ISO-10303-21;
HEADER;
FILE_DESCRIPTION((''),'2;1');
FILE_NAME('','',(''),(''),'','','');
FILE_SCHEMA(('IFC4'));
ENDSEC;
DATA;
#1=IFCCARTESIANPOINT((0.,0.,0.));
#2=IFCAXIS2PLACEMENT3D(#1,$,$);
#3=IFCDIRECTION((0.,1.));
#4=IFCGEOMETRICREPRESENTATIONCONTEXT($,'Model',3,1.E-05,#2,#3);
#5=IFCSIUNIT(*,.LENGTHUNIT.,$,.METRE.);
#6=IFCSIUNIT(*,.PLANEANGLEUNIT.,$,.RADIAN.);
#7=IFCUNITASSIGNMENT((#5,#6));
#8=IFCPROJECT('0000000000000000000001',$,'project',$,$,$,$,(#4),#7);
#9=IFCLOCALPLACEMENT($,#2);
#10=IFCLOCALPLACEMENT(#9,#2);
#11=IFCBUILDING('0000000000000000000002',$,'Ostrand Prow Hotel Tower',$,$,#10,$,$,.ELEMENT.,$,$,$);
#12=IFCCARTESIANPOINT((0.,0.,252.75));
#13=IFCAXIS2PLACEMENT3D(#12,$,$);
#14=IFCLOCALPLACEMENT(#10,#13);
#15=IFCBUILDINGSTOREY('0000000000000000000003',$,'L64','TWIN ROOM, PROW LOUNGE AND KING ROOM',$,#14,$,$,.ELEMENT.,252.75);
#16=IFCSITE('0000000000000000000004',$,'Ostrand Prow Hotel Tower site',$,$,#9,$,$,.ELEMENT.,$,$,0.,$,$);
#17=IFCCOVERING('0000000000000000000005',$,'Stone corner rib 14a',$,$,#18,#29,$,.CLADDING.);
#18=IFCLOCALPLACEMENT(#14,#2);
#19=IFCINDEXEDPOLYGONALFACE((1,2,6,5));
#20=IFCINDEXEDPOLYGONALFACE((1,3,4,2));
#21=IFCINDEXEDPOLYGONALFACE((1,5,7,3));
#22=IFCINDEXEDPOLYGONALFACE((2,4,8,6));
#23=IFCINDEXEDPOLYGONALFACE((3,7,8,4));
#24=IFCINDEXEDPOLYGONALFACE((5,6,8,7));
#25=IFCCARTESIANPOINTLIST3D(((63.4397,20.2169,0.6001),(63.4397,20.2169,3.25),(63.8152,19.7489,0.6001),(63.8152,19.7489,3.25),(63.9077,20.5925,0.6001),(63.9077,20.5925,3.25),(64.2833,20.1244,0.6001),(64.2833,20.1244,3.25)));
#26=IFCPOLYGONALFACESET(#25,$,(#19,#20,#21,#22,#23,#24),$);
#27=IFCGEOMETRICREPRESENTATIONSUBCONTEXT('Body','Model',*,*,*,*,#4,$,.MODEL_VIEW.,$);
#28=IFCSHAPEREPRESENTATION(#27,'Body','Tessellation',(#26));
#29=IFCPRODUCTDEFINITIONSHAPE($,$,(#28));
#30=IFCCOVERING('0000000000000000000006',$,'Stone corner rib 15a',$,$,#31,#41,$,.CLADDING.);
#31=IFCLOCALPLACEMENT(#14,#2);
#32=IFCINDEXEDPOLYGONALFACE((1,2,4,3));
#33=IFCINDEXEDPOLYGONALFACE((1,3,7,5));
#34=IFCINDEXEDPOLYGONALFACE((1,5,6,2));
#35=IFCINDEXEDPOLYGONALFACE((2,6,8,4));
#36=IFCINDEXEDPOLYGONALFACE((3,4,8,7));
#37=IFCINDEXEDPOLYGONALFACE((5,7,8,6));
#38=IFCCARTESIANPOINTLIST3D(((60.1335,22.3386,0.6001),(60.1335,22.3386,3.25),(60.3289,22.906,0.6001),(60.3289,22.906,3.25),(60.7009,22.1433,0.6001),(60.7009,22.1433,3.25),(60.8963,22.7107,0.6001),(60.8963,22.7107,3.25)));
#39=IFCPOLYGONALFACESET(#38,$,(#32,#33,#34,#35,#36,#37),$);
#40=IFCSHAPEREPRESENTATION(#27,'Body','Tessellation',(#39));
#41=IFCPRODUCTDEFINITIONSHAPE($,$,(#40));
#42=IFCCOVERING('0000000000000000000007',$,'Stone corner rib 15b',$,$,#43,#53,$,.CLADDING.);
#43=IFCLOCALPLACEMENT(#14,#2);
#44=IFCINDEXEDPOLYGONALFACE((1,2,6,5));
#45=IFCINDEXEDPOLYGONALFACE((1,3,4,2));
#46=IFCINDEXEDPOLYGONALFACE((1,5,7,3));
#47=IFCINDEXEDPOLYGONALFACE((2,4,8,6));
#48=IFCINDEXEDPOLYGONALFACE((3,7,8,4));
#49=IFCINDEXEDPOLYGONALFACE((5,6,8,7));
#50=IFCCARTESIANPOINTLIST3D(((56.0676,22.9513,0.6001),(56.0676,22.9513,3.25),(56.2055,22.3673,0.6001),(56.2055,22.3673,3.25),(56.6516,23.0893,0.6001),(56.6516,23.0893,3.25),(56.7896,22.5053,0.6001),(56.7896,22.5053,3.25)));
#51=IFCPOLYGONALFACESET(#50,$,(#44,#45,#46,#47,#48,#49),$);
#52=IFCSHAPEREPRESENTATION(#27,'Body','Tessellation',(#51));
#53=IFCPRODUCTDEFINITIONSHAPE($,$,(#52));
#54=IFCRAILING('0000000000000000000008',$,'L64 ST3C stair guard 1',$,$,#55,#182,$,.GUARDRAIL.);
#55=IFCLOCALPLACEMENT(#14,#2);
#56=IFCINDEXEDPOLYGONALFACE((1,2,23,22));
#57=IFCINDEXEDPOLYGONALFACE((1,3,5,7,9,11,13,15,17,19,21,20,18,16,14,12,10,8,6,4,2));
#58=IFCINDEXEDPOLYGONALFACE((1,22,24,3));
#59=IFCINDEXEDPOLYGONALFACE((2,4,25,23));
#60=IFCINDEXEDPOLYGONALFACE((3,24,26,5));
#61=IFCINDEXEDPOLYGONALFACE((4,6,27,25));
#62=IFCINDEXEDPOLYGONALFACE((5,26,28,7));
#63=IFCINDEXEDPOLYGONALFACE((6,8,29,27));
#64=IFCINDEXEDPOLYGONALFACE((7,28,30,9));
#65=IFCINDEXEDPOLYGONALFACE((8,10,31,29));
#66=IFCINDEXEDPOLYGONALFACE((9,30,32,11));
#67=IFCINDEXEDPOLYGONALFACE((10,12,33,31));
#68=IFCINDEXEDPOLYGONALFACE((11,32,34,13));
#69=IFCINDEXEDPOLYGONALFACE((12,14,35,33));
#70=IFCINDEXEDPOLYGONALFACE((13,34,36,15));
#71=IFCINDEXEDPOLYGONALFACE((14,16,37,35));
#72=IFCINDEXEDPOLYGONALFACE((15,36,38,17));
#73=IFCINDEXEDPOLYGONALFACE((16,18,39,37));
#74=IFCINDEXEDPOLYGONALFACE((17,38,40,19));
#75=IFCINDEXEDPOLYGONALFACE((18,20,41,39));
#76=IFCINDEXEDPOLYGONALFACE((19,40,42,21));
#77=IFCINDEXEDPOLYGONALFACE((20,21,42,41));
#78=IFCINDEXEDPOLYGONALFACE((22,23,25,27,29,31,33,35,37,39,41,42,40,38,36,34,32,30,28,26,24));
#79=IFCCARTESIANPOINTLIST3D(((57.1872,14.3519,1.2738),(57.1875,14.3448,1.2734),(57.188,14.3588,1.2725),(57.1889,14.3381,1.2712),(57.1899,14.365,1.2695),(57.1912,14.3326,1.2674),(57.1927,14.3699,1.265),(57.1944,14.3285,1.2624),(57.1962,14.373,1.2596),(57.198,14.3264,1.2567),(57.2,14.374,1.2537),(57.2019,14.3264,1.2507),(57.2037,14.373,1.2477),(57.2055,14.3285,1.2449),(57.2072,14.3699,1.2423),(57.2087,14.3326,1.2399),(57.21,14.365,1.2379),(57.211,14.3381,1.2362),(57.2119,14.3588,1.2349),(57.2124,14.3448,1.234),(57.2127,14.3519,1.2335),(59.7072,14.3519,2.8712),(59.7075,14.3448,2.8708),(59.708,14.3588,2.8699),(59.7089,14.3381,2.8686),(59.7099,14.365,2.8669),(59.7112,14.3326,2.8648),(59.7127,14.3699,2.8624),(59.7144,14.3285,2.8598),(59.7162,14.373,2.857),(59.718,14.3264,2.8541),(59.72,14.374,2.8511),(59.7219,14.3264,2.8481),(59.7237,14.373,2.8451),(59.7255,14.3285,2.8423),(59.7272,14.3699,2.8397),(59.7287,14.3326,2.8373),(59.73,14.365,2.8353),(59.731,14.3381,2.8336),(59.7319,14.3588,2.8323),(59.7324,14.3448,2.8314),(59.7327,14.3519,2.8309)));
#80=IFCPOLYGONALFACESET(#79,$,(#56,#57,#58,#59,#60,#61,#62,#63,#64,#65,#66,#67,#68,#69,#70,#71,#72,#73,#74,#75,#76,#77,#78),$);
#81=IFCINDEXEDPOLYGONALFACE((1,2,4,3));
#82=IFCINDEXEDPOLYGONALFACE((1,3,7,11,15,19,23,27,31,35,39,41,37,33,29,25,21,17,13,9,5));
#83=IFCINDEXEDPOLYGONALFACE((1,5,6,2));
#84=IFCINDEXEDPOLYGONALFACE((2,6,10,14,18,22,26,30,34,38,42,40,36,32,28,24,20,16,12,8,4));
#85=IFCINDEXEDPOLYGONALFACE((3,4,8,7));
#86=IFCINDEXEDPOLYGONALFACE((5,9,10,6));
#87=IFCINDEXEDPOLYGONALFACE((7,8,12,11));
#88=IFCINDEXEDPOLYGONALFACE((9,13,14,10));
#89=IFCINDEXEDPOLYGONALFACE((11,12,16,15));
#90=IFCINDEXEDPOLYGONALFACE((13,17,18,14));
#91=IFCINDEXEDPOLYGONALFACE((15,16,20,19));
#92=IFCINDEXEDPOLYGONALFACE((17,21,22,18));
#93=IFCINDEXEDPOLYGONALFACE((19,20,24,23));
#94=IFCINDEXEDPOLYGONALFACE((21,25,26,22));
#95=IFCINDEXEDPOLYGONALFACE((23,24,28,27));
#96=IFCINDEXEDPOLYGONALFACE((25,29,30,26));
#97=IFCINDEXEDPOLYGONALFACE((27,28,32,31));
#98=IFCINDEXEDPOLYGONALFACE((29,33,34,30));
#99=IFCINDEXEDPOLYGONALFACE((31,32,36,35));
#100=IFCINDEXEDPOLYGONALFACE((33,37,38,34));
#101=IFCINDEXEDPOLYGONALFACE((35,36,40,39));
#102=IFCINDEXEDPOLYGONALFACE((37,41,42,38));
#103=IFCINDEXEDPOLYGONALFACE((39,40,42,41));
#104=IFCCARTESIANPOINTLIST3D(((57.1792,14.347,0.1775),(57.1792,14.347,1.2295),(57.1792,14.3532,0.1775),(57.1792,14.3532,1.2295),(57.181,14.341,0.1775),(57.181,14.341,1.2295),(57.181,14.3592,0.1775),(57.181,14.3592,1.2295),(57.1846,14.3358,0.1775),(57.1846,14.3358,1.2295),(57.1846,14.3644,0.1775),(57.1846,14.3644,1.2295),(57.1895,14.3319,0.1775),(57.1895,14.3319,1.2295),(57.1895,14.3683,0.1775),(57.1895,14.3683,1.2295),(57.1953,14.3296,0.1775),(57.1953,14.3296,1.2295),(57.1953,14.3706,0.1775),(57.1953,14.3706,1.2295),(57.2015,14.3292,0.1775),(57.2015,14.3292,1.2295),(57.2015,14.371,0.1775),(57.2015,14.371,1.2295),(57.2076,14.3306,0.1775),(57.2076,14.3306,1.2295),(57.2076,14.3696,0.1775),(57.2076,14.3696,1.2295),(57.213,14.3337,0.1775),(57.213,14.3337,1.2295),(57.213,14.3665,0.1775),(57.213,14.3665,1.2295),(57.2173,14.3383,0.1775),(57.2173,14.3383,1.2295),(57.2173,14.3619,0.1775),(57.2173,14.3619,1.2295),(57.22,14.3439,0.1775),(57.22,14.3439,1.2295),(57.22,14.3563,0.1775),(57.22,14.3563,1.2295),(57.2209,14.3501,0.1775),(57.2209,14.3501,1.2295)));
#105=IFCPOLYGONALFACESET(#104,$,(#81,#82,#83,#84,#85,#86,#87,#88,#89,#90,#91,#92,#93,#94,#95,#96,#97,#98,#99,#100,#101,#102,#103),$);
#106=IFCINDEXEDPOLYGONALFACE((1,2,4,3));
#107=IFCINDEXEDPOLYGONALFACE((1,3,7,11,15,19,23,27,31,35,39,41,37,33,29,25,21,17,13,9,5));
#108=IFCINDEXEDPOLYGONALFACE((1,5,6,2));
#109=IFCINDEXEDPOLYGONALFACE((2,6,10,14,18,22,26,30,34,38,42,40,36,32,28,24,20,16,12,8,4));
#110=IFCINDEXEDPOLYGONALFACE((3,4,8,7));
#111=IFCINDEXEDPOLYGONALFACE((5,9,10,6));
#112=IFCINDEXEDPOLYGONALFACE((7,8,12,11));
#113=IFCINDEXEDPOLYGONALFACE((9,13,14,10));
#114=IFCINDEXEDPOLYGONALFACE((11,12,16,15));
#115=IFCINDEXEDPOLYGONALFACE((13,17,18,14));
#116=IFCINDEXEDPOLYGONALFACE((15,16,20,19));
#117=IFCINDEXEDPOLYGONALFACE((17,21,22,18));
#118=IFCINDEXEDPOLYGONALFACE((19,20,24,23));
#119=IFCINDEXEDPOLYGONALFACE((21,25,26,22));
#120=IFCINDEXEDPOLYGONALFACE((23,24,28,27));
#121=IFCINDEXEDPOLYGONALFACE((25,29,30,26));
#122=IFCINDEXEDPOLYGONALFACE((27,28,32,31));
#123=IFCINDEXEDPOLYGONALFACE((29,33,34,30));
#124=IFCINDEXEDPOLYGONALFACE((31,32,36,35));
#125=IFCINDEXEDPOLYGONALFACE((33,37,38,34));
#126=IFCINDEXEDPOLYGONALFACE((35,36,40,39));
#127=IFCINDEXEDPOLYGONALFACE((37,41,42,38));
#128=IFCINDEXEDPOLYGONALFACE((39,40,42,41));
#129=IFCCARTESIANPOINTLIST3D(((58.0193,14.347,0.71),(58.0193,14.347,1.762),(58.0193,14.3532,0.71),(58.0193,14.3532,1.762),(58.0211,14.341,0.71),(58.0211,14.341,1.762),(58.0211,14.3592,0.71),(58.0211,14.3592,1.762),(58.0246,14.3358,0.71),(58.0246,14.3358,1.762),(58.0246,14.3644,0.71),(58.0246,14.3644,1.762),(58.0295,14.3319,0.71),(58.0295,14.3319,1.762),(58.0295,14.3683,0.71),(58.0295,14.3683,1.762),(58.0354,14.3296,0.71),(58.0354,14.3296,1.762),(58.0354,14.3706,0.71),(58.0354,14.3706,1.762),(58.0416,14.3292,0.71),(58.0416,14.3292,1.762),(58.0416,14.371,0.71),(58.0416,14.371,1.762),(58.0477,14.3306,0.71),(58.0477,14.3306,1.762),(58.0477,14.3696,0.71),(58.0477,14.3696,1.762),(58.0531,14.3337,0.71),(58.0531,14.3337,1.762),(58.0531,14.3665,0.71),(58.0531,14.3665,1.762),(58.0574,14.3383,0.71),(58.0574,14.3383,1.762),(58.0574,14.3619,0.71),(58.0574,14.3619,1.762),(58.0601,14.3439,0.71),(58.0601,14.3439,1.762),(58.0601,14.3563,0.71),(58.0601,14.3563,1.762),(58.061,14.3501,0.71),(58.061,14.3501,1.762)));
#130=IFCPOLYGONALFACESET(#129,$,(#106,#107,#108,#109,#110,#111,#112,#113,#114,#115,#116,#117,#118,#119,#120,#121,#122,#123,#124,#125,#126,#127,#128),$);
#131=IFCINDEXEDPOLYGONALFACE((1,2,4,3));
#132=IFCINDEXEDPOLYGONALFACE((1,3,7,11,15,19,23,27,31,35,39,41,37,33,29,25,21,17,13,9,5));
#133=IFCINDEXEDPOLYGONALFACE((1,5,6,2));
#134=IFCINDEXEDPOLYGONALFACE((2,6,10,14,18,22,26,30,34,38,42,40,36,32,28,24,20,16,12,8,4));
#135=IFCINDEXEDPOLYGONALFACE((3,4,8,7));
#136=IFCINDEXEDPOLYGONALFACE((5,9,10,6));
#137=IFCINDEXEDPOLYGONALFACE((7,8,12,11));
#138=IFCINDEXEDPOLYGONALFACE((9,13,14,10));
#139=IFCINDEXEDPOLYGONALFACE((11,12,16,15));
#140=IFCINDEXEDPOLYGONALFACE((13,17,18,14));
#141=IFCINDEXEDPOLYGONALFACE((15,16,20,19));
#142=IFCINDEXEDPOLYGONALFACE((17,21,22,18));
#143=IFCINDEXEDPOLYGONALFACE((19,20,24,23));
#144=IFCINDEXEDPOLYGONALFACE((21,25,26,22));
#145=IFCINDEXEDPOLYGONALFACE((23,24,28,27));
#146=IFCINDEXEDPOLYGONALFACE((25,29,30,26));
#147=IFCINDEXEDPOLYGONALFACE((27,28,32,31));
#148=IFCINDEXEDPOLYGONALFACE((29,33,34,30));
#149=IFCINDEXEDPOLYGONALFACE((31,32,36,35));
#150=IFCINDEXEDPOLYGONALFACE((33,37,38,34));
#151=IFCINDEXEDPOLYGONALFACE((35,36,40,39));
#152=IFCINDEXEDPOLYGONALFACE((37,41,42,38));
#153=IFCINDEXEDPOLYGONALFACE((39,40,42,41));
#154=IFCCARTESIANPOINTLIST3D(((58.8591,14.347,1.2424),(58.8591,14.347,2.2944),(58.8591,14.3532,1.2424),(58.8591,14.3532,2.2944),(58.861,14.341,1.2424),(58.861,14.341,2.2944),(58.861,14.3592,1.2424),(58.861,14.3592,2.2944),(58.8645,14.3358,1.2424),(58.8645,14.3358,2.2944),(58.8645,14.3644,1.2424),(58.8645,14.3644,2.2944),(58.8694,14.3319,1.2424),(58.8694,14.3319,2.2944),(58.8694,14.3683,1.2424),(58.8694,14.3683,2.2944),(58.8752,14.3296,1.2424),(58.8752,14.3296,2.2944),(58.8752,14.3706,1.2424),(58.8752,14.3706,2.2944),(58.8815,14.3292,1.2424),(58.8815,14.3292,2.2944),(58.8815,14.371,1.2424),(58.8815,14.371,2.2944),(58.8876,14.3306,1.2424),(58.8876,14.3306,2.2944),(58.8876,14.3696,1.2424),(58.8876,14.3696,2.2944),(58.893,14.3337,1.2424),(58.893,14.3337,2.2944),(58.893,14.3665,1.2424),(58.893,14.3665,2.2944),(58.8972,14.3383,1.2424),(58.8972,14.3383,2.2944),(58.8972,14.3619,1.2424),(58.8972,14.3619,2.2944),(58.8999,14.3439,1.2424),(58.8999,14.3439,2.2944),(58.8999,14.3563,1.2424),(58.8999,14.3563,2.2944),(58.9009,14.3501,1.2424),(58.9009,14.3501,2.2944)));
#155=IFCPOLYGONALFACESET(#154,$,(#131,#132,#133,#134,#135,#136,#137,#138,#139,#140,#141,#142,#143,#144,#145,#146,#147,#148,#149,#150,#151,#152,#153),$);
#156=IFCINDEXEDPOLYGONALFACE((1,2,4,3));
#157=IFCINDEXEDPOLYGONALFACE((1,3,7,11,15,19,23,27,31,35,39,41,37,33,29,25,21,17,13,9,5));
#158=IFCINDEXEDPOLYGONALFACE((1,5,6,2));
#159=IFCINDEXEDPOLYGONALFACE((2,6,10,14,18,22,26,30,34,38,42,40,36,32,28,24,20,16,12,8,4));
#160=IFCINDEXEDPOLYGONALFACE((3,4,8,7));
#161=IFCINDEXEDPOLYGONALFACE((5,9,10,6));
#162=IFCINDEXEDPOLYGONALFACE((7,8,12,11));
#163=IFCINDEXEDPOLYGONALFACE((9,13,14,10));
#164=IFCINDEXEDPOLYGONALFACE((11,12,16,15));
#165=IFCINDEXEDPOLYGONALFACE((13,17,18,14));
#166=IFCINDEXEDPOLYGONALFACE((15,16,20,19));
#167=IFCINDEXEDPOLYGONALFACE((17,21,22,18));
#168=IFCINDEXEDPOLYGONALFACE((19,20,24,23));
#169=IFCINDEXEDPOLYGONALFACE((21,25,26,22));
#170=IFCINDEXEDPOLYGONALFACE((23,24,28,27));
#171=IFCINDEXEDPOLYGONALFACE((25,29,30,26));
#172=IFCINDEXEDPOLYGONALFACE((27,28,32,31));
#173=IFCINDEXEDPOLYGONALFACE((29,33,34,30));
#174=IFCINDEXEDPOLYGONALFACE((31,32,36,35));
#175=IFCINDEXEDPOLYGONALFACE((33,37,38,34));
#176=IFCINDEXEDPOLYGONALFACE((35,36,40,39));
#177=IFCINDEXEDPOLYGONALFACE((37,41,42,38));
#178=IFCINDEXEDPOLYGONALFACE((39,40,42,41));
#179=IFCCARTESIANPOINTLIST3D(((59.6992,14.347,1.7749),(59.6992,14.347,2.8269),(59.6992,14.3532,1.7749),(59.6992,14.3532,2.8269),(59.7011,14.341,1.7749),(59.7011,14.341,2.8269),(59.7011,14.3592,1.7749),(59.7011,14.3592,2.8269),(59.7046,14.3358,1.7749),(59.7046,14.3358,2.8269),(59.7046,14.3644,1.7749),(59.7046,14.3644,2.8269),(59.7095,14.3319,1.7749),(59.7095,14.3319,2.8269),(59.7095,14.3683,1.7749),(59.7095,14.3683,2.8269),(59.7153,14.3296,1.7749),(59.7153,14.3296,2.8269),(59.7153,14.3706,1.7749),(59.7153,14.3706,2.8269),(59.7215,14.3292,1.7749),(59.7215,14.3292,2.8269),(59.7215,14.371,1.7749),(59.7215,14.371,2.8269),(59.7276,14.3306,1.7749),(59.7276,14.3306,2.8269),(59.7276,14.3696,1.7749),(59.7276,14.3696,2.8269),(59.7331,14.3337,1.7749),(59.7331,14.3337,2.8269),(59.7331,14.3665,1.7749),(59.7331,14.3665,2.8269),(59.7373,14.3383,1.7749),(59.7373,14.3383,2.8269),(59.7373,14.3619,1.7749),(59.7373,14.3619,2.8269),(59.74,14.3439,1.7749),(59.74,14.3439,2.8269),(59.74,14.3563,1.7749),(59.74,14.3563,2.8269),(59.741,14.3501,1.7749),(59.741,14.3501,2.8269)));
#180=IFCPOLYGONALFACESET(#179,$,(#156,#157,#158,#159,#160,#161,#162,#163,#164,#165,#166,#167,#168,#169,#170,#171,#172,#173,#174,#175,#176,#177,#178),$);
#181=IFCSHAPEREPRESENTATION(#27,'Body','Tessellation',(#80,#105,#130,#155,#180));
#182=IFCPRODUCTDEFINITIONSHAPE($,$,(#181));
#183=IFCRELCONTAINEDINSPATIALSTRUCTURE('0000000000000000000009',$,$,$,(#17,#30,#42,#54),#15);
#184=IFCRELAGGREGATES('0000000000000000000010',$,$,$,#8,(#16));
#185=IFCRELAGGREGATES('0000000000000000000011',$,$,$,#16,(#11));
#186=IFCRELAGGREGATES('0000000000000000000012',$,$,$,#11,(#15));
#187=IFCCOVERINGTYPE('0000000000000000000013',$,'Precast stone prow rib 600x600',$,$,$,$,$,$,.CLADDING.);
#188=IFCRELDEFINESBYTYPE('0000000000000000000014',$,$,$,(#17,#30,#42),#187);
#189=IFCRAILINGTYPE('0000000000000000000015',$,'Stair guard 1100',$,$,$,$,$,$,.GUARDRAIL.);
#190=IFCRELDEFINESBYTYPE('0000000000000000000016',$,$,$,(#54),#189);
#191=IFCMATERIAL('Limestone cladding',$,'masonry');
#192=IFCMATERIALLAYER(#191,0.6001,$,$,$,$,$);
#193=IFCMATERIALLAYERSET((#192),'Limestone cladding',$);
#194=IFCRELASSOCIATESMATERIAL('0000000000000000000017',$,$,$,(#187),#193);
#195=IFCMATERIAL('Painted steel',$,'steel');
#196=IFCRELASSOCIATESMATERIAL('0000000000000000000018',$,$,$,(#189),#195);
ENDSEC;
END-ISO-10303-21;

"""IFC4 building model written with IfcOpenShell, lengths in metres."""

from ifc_helpers import new_model, si_unit, direction, frame, frame_2d, origin, origin_2d, place, context, subcontext, project, spatial, rectangle, circle, extrude, material, layer, layer_set, type_object, element, save


model = new_model("IFC4")

# Units and contexts
model_context = context("Model", 3, precision=1e-05, world=origin(), true_north=direction((0.0, 1.0)))
body_context = subcontext(model_context, "Body", "Model", "MODEL_VIEW")
ifc_project = project(units=[si_unit("LENGTHUNIT", "METRE"), si_unit("PLANEANGLEUNIT", "RADIAN")], contexts=[model_context])

# Site, building, storey
site_placement = place(None, origin())
site = spatial("IfcSite", under=ifc_project, at=site_placement, Name="Ostrand Prow Hotel Tower site", CompositionType="ELEMENT", RefElevation=0.0)
building_placement = place(site_placement, origin())
building = spatial("IfcBuilding", under=site, at=building_placement, Name="Ostrand Prow Hotel Tower", CompositionType="ELEMENT")
storey_placement = place(building_placement, frame((0.0, 0.0, 252.75)))
storey = spatial("IfcBuildingStorey", under=building, at=storey_placement, Name="L64", Description="TWIN ROOM, PROW LOUNGE AND KING ROOM", CompositionType="ELEMENT", Elevation=252.75)

# Coverings
ifc_material_1 = material(Name="Limestone cladding", Category="masonry")
ifc_layer_1 = layer(ifc_material_1, 0.6001)
ifc_layer_set_1 = layer_set([ifc_layer_1], Name="Limestone cladding")
covering_type = type_object("IfcCoveringType", Name="Precast stone prow rib 600x600", PredefinedType="CLADDING", material=ifc_layer_set_1)
for number, where, z_axis, x_axis, name in (
    (1, (63.6274, 19.9829, 0.6001), (0.0, 0.0, 1.0), (0.779995, 0.625786, 0.0), "Stone corner rib 14a"),
    (2, (60.4172, 22.241, 0.6001), (0.0, 0.0, 1.0), (0.325489, 0.945546, 0.0), "Stone corner rib 15a"),
    (3, (56.4976, 22.4363, 0.6001), (0.0, 0.0, 1.0), (-0.229878, 0.973219, 0.0), "Stone corner rib 15b"),
):
    element("IfcCovering", number, at=place(storey_placement, frame(where, z_axis=z_axis, x_axis=x_axis)), inside=storey, type_object=covering_type, Name=name, PredefinedType="CLADDING", context=body_context, shape_type="SweptSolid", body=[
        extrude(rectangle(XDim=0.6001, YDim=0.6001, at=frame_2d((0.3, 0.0))), origin(), (0.0, 0.0, 1.0), 2.6499),
    ])

# Railing
ifc_material_2 = material(Name="Painted steel", Category="steel")
railing_type_1 = type_object("IfcRailingType", Name="Stair guard 1100", PredefinedType="GUARDRAIL", material=ifc_material_2)
railing_1_placement = place(storey_placement, frame((57.2, 14.3501, 0.1775)))
element("IfcRailing", 4, at=railing_1_placement, inside=storey, type_object=railing_type_1, Name="L64 ST3C stair guard 1", PredefinedType="GUARDRAIL", context=body_context, shape_type="SweptSolid", body=[
    extrude(circle(Radius=0.0239, at=origin_2d()), frame((0.0, 0.0, 1.0762), z_axis=(0.844607, 0.0, 0.535387), x_axis=(0.0, 1.0, 0.0)), (0.0, 0.0, 1.0), 2.9836),
    extrude(circle(Radius=0.021, at=origin_2d()), origin(), (0.0, 0.0, 1.0), 1.052),
    extrude(circle(Radius=0.021, at=origin_2d()), frame((0.8401, 0.0, 0.5325)), (0.0, 0.0, 1.0), 1.052),
    extrude(circle(Radius=0.021, at=origin_2d()), frame((1.6799, 0.0, 1.0649)), (0.0, 0.0, 1.0), 1.052),
    extrude(circle(Radius=0.021, at=origin_2d()), frame((2.52, 0.0, 1.5974)), (0.0, 0.0, 1.0), 1.052),
])

save(model, "model.ifc")
